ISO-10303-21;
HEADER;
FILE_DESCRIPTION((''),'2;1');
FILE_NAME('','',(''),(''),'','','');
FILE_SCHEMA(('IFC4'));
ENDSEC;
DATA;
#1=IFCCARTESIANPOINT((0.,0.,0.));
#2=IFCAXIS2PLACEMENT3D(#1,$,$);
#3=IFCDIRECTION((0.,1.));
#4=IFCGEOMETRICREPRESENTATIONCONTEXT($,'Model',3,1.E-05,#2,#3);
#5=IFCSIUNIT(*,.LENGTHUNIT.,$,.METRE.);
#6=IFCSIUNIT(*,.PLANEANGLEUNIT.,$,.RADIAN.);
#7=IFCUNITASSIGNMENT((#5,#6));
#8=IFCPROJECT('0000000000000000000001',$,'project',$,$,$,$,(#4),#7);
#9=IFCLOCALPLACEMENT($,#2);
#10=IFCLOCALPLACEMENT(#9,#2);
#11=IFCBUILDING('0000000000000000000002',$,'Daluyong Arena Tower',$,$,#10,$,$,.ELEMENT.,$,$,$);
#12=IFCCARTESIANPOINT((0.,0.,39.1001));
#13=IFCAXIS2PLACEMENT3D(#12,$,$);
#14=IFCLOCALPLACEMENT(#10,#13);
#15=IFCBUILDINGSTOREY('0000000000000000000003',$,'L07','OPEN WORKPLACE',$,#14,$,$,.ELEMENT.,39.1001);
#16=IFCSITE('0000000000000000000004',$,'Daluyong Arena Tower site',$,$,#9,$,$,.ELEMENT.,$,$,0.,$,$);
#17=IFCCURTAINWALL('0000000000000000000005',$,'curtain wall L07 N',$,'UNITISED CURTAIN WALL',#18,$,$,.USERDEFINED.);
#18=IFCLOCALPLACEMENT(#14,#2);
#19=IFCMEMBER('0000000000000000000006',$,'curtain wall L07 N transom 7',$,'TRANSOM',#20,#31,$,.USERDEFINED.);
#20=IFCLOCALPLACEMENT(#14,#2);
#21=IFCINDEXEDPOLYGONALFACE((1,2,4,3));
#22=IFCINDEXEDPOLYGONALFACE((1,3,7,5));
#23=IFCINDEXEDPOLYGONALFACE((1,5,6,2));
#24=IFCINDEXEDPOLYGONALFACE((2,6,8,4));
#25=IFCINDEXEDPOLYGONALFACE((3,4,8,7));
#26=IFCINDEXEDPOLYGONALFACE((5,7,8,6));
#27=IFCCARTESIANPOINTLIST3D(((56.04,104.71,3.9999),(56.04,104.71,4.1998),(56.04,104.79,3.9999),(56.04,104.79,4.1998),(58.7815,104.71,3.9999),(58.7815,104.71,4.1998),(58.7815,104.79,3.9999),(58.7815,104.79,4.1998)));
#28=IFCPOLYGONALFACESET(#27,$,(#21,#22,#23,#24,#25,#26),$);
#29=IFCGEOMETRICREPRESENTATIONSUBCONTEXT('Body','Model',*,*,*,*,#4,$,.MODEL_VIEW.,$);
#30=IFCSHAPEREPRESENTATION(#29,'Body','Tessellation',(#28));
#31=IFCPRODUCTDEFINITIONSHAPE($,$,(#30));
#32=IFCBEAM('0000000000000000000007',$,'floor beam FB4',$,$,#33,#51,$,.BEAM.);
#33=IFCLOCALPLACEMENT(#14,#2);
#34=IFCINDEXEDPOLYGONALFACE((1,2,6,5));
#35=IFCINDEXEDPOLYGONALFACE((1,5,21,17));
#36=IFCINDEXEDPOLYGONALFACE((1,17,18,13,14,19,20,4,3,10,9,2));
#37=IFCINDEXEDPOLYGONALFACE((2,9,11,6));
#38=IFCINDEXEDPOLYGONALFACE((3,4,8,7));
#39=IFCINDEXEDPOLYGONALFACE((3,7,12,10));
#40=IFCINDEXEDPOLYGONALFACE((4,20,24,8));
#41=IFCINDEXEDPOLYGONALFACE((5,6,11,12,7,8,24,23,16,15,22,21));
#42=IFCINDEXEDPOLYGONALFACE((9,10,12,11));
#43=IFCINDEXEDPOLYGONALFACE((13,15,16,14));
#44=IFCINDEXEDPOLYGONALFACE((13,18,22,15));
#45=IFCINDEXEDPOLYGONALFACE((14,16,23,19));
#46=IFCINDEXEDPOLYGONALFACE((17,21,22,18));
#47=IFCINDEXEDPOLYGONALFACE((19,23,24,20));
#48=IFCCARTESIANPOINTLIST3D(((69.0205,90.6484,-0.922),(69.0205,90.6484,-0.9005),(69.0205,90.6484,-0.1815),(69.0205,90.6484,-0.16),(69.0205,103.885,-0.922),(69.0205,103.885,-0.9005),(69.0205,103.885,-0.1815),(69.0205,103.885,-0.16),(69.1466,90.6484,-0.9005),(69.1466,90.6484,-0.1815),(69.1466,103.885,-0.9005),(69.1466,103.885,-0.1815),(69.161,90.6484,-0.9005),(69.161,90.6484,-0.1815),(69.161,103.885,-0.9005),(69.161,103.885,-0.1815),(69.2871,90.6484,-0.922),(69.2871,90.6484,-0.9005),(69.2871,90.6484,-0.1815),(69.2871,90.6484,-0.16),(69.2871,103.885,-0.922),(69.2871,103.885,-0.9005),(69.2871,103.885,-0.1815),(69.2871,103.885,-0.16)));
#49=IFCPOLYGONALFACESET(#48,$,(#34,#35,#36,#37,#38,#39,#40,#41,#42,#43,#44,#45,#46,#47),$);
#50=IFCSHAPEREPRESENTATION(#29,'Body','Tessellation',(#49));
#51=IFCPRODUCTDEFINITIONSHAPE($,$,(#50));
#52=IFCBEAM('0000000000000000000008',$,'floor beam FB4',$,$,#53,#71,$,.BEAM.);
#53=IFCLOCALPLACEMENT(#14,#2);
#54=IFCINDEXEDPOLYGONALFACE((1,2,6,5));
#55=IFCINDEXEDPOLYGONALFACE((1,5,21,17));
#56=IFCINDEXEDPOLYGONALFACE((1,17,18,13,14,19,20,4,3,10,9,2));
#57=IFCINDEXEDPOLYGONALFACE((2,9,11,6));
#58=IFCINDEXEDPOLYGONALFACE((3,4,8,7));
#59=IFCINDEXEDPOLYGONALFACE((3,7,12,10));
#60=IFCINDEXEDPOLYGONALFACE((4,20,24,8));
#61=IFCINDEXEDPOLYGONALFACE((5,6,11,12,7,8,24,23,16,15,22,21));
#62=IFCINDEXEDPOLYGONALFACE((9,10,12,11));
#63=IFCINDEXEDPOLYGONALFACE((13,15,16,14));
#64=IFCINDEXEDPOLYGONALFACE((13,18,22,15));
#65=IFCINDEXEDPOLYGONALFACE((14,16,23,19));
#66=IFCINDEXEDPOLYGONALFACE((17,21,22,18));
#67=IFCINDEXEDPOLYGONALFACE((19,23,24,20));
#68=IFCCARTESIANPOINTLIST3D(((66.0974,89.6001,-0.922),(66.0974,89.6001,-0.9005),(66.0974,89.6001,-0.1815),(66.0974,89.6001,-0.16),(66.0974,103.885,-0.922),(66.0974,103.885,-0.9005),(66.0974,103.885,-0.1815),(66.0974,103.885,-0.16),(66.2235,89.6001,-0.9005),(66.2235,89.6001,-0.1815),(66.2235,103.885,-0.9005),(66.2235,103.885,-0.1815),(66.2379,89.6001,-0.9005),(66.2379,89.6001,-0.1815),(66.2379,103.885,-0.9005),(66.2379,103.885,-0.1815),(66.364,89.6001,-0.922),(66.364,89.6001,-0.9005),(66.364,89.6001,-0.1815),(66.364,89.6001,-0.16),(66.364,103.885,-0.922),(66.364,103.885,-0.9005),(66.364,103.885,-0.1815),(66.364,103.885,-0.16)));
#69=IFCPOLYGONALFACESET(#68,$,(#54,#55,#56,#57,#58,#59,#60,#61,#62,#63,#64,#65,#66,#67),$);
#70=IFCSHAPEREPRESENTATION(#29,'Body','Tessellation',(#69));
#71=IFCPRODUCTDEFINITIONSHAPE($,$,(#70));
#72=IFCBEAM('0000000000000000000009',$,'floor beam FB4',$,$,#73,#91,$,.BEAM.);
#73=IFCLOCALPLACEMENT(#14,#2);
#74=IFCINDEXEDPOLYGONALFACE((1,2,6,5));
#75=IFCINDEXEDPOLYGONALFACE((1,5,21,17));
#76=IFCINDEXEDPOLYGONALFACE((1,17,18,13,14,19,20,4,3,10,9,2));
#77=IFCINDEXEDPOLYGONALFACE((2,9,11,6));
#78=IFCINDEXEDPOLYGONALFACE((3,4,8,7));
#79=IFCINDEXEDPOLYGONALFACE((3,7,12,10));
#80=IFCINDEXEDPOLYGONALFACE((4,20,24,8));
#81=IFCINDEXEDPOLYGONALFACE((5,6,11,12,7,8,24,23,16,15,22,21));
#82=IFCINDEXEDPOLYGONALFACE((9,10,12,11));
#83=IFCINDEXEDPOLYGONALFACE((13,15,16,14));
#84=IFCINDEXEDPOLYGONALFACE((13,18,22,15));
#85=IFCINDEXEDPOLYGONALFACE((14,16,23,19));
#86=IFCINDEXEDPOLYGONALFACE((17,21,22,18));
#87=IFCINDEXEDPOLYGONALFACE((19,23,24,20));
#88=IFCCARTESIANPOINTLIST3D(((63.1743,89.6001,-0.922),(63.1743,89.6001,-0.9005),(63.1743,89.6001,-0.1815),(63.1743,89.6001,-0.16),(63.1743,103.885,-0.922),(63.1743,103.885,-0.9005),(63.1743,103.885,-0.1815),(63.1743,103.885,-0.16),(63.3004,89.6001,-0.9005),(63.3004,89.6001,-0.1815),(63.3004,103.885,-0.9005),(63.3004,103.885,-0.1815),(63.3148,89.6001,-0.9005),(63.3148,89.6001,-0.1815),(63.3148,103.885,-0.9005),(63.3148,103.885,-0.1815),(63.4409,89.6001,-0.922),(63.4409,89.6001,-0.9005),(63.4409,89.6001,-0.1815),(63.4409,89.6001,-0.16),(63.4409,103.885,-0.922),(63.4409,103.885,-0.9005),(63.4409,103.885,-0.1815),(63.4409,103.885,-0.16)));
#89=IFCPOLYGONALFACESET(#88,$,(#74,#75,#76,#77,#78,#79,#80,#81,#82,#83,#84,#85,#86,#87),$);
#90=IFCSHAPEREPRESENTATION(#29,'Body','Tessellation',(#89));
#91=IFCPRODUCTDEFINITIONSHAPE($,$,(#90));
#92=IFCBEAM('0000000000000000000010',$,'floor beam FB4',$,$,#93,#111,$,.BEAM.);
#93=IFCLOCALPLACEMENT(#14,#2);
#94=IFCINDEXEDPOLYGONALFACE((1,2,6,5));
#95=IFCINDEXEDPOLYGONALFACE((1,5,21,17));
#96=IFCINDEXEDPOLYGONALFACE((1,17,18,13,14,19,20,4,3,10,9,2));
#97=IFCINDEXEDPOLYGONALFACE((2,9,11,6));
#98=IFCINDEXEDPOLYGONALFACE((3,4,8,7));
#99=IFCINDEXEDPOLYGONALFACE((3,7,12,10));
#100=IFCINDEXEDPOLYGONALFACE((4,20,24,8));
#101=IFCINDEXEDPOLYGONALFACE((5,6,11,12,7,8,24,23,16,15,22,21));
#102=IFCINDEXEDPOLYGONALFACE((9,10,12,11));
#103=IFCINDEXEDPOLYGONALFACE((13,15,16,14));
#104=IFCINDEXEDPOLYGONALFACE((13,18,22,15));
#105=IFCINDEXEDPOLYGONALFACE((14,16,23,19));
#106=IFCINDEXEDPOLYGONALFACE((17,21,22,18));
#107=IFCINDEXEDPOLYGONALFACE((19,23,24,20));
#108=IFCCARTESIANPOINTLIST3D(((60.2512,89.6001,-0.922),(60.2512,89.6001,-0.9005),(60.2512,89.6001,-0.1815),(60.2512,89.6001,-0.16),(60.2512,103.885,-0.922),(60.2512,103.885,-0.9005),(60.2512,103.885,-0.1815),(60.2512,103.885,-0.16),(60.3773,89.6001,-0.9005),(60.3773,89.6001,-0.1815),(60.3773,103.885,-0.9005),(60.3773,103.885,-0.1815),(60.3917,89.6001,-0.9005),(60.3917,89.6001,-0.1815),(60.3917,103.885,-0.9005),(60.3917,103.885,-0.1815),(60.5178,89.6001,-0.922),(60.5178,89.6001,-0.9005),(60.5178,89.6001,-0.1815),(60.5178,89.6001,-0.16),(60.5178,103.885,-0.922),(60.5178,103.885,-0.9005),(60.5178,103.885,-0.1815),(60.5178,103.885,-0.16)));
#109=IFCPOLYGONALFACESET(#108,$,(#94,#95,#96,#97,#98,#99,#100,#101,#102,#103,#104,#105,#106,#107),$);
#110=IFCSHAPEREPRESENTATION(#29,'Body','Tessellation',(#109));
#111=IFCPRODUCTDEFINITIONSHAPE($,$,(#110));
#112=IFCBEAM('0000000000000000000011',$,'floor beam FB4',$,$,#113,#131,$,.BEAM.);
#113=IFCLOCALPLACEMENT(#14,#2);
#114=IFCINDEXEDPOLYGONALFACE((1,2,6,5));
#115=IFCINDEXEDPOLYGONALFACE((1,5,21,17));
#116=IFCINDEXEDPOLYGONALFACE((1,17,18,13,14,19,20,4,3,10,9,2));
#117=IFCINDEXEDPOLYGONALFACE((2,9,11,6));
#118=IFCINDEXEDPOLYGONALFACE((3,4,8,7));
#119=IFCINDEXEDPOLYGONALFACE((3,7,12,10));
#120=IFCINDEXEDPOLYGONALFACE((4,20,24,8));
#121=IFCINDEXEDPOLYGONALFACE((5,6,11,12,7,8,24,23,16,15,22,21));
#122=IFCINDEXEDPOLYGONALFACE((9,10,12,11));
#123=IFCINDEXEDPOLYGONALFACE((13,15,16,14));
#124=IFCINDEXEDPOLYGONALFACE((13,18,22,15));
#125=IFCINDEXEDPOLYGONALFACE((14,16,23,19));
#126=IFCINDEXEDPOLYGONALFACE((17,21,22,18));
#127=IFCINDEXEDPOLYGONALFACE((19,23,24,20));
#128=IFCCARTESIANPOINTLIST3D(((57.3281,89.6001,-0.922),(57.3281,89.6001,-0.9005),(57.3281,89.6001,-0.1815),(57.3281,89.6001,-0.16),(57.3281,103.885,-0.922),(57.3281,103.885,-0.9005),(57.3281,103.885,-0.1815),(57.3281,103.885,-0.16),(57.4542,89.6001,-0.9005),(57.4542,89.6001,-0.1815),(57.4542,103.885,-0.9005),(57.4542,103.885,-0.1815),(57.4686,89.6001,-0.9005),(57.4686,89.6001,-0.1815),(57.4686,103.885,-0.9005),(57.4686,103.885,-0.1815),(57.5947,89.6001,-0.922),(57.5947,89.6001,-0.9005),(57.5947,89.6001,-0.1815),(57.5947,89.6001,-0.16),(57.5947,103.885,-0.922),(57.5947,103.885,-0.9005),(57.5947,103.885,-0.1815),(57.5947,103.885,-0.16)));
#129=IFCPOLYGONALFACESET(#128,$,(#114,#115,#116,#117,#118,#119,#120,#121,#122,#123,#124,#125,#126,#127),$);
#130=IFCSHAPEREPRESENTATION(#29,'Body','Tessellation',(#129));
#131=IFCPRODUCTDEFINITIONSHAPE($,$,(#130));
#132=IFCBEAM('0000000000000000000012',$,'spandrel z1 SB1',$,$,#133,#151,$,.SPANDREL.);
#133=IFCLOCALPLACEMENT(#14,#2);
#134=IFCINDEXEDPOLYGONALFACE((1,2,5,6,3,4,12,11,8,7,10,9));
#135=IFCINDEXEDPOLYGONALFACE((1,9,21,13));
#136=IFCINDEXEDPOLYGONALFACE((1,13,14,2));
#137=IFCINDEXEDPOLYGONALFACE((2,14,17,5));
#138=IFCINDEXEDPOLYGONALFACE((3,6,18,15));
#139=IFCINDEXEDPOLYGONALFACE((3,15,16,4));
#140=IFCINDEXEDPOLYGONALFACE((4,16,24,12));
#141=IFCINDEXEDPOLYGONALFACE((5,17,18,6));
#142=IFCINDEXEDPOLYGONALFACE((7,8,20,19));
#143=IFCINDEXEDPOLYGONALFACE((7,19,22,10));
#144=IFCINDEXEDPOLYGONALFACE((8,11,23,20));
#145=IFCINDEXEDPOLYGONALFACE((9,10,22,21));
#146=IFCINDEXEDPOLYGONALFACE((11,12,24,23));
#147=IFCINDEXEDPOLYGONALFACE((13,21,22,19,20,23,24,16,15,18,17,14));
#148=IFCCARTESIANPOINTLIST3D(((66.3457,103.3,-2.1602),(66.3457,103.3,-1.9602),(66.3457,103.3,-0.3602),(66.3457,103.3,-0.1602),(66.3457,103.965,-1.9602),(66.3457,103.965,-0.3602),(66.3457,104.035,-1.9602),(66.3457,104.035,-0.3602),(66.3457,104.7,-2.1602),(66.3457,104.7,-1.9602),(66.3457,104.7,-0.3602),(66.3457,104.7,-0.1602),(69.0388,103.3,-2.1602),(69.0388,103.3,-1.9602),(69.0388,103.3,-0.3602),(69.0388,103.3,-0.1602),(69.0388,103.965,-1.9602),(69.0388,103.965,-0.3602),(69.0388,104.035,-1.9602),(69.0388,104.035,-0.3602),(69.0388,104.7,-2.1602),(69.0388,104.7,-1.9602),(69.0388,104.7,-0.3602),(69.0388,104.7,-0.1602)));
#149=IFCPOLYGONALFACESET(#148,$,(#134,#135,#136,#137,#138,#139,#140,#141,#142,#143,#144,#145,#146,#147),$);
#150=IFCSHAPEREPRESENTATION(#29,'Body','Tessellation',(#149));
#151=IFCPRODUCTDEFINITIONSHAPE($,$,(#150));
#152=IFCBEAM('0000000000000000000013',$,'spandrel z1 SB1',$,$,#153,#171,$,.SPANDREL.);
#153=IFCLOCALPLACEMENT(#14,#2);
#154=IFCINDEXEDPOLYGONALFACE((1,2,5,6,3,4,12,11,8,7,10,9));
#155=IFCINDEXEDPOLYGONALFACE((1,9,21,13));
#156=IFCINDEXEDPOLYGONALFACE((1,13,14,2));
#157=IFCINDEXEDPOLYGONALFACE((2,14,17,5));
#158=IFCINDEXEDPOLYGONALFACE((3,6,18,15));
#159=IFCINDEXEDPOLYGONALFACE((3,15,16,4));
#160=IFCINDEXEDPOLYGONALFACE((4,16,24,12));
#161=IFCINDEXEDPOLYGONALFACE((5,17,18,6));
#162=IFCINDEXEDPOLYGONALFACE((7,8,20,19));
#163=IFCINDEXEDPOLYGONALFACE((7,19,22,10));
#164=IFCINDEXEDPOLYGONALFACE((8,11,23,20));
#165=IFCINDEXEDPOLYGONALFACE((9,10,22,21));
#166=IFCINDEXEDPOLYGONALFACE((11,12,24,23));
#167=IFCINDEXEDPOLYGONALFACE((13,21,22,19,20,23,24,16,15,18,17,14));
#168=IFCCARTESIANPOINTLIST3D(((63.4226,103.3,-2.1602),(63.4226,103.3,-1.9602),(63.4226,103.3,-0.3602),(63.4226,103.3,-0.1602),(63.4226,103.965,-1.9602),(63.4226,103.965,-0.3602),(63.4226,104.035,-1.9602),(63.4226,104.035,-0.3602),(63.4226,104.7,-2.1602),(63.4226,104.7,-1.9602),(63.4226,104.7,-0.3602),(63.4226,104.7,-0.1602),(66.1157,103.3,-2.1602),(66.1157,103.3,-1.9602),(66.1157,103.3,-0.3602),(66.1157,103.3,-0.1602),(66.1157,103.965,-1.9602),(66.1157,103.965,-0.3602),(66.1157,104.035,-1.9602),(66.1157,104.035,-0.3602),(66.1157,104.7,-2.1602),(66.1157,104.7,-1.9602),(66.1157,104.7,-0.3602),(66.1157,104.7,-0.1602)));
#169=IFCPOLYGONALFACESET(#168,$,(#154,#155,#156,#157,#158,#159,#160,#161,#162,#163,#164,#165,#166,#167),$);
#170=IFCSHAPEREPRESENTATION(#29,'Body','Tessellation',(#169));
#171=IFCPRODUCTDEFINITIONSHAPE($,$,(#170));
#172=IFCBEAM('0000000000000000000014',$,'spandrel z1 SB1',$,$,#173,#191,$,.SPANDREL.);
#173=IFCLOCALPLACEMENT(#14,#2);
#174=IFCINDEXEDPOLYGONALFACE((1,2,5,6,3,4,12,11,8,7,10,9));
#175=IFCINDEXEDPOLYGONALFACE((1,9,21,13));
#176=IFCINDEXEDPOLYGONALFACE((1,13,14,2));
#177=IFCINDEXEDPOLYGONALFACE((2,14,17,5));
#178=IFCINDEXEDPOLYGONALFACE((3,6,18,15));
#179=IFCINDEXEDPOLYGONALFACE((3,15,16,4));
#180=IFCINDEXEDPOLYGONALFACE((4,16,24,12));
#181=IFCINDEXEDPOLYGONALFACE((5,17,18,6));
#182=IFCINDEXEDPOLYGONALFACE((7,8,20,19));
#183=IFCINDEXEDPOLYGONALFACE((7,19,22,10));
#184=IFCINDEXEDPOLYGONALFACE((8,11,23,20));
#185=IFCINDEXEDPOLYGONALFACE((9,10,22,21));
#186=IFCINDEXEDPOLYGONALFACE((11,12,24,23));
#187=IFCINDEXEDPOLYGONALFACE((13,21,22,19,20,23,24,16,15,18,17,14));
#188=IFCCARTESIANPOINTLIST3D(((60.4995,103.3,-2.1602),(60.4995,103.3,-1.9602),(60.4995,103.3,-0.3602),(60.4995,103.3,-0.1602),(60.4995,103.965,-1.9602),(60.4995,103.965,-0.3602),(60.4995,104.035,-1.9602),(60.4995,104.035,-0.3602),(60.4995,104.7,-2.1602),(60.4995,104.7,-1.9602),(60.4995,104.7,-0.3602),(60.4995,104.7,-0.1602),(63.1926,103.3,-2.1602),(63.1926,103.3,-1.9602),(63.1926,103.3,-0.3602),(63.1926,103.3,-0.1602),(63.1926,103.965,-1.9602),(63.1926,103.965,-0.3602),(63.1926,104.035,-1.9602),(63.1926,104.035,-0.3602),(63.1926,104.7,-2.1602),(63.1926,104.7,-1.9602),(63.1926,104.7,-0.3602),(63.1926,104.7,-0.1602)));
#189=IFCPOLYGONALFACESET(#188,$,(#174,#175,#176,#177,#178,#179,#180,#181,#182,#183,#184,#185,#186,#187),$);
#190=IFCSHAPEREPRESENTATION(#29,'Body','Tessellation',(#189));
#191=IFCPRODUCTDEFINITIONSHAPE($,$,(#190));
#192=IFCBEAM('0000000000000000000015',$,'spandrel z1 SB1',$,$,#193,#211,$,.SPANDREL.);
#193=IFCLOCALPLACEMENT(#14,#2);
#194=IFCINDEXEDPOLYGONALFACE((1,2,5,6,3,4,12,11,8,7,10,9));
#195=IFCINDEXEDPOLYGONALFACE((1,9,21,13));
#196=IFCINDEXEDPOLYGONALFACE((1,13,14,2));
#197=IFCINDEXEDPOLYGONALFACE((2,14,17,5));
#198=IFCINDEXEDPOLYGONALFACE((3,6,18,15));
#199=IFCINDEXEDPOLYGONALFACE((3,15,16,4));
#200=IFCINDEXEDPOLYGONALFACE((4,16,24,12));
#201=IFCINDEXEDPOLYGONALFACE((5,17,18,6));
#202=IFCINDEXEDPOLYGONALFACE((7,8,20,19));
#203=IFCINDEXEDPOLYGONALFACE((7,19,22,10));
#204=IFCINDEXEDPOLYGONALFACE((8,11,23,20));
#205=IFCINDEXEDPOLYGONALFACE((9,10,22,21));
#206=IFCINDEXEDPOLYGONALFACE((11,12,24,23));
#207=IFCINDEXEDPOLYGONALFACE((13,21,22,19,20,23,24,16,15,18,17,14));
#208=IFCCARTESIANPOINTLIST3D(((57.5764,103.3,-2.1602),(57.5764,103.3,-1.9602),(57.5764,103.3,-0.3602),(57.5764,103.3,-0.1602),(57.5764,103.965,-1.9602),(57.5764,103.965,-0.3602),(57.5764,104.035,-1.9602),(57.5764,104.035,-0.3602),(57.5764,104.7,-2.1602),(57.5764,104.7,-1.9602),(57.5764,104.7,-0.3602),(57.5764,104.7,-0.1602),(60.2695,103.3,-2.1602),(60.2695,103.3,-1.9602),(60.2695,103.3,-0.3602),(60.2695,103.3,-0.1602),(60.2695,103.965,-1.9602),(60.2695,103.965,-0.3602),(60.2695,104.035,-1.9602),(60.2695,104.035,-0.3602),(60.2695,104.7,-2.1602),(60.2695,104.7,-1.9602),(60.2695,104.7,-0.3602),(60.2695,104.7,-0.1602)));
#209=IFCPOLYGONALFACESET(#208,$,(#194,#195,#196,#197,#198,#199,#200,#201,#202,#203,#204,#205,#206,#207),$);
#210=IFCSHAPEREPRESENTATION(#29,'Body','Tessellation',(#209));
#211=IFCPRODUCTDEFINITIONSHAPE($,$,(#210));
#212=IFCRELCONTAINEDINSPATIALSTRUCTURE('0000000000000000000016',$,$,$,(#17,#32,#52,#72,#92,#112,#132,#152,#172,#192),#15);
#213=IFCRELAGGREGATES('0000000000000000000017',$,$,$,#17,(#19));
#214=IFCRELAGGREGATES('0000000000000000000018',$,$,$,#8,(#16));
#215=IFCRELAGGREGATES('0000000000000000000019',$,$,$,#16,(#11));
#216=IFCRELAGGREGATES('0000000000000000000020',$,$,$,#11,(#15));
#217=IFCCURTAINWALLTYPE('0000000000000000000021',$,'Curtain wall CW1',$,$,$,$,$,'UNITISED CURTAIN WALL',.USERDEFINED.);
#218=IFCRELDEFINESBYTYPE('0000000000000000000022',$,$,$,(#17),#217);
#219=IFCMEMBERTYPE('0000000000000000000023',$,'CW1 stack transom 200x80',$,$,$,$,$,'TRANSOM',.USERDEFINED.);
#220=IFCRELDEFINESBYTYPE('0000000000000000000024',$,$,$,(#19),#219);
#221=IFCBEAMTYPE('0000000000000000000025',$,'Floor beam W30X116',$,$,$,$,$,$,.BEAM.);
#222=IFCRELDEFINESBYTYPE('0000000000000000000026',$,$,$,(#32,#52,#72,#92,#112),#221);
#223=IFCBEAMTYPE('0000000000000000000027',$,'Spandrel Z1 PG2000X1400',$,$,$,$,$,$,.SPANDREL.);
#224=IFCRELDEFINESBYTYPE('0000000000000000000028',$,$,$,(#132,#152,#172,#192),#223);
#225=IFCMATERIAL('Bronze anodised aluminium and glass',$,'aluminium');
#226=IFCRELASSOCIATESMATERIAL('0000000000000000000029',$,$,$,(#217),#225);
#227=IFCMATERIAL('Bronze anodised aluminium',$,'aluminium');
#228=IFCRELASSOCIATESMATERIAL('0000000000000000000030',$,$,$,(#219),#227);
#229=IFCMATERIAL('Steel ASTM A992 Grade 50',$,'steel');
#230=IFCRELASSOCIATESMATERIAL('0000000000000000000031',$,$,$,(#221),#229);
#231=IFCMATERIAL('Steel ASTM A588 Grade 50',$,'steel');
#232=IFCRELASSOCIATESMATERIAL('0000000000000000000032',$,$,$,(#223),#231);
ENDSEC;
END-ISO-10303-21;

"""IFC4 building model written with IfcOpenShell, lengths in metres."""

from ifc_helpers import new_model, si_unit, direction, frame, origin, origin_2d, place, context, subcontext, project, spatial, rectangle, i_section, extrude, material, material_profile, profile_set, type_object, element, aggregate, save


model = new_model("IFC4")

# Units and contexts
model_context = context("Model", 3, precision=1e-05, world=origin(), true_north=direction((0.0, 1.0)))
body_context = subcontext(model_context, "Body", "Model", "MODEL_VIEW")
ifc_project = project(units=[si_unit("LENGTHUNIT", "METRE"), si_unit("PLANEANGLEUNIT", "RADIAN")], contexts=[model_context])

# Site, building, storey
site_placement = place(None, origin())
site = spatial("IfcSite", under=ifc_project, at=site_placement, Name="Daluyong Arena Tower site", CompositionType="ELEMENT", RefElevation=0.0)
building_placement = place(site_placement, origin())
building = spatial("IfcBuilding", under=site, at=building_placement, Name="Daluyong Arena Tower", CompositionType="ELEMENT")
storey_placement = place(building_placement, frame((0.0, 0.0, 39.1001)))
storey = spatial("IfcBuildingStorey", under=building, at=storey_placement, Name="L07", Description="OPEN WORKPLACE", CompositionType="ELEMENT", Elevation=39.1001)

# Curtain wall, member
ifc_material_1 = material(Name="Bronze anodised aluminium and glass", Category="aluminium")
curtain_wall_type = type_object("IfcCurtainWallType", Name="Curtain wall CW1", ElementType="UNITISED CURTAIN WALL", PredefinedType="USERDEFINED", material=ifc_material_1)
curtain_wall_placement = place(storey_placement, origin())
curtain_wall = element("IfcCurtainWall", 1, at=curtain_wall_placement, inside=storey, type_object=curtain_wall_type, Name="curtain wall L07 N", ObjectType="UNITISED CURTAIN WALL", PredefinedType="USERDEFINED")
ifc_material_2 = material(Name="Bronze anodised aluminium", Category="aluminium")
ifc_material_profile_1 = material_profile(ifc_material_2, rectangle(XDim=0.0801, YDim=0.2, at=origin_2d()))
ifc_profile_set_1 = profile_set([ifc_material_profile_1], Name="Bronze anodised aluminium")
member_type_1 = type_object("IfcMemberType", Name="CW1 stack transom 200x80", ElementType="TRANSOM", PredefinedType="USERDEFINED", material=ifc_profile_set_1)
member_1_placement = place(storey_placement, frame((58.7815, 104.75, 4.0999), z_axis=(-1.0, 0.0, 0.0), x_axis=(0.0, -1.0, 0.0)))
member_1 = element("IfcMember", 2, at=member_1_placement, type_object=member_type_1, Name="curtain wall L07 N transom 7", ObjectType="TRANSOM", PredefinedType="USERDEFINED", context=body_context, shape_type="SweptSolid", body=[
    extrude(rectangle(XDim=0.0801, YDim=0.2, at=origin_2d()), origin(), (0.0, 0.0, 1.0), 2.7415),
])

# Beams
ifc_material_3 = material(Name="Steel ASTM A992 Grade 50", Category="steel")
ifc_material_profile_2 = material_profile(ifc_material_3, i_section(OverallWidth=0.2666, OverallDepth=0.762, WebThickness=0.0144, FlangeThickness=0.0215, at=origin_2d()))
ifc_profile_set_2 = profile_set([ifc_material_profile_2], Name="Steel ASTM A992 Grade 50")
beam_type_1 = type_object("IfcBeamType", Name="Floor beam W30X116", PredefinedType="BEAM", material=ifc_profile_set_2)
beam_1_placement = place(storey_placement, frame((69.1538, 103.885, -0.541), z_axis=(0.0, -1.0, 0.0), x_axis=(1.0, 0.0, 0.0)))
element("IfcBeam", 3, at=beam_1_placement, inside=storey, type_object=beam_type_1, Name="floor beam FB4", PredefinedType="BEAM", context=body_context, shape_type="SweptSolid", body=[
    extrude(i_section(OverallWidth=0.2666, OverallDepth=0.762, WebThickness=0.0144, FlangeThickness=0.0215, at=origin_2d()), origin(), (0.0, 0.0, 1.0), 13.2366),
])
for number, where, z_axis, x_axis, name in (
    (4, (66.2307, 103.885, -0.541), (0.0, -1.0, 0.0), (1.0, 0.0, 0.0), "floor beam FB4"),
    (5, (63.3076, 103.885, -0.541), (0.0, -1.0, 0.0), (1.0, 0.0, 0.0), "floor beam FB4"),
    (6, (60.3845, 103.885, -0.541), (0.0, -1.0, 0.0), (1.0, 0.0, 0.0), "floor beam FB4"),
    (7, (57.4614, 103.885, -0.541), (0.0, -1.0, 0.0), (1.0, 0.0, 0.0), "floor beam FB4"),
):
    element("IfcBeam", number, at=place(storey_placement, frame(where, z_axis=z_axis, x_axis=x_axis)), inside=storey, type_object=beam_type_1, Name=name, PredefinedType="BEAM", context=body_context, shape_type="SweptSolid", body=[
        extrude(i_section(OverallWidth=0.2666, OverallDepth=0.762, WebThickness=0.0144, FlangeThickness=0.0215, at=origin_2d()), origin(), (0.0, 0.0, 1.0), 14.2849),
    ])
ifc_material_4 = material(Name="Steel ASTM A588 Grade 50", Category="steel")
ifc_material_profile_3 = material_profile(ifc_material_4, i_section(OverallWidth=1.3999, OverallDepth=2.0, WebThickness=0.07, FlangeThickness=0.2, at=origin_2d()))
ifc_profile_set_3 = profile_set([ifc_material_profile_3], Name="Steel ASTM A588 Grade 50")
beam_type_2 = type_object("IfcBeamType", Name="Spandrel Z1 PG2000X1400", PredefinedType="SPANDREL", material=ifc_profile_set_3)
for number, where, z_axis, x_axis, name in (
    (8, (69.0388, 104.0, -1.1602), (-1.0, 0.0, 0.0), (0.0, -1.0, 0.0), "spandrel z1 SB1"),
    (9, (66.1157, 104.0, -1.1602), (-1.0, 0.0, 0.0), (0.0, -1.0, 0.0), "spandrel z1 SB1"),
    (10, (63.1926, 104.0, -1.1602), (-1.0, 0.0, 0.0), (0.0, -1.0, 0.0), "spandrel z1 SB1"),
    (11, (60.2695, 104.0, -1.1602), (-1.0, 0.0, 0.0), (0.0, -1.0, 0.0), "spandrel z1 SB1"),
):
    element("IfcBeam", number, at=place(storey_placement, frame(where, z_axis=z_axis, x_axis=x_axis)), inside=storey, type_object=beam_type_2, Name=name, PredefinedType="SPANDREL", context=body_context, shape_type="SweptSolid", body=[
        extrude(i_section(OverallWidth=1.3999, OverallDepth=2.0, WebThickness=0.07, FlangeThickness=0.2, at=origin_2d()), origin(), (0.0, 0.0, 1.0), 2.6931),
    ])

aggregate(curtain_wall, [member_1])

save(model, "model.ifc")
